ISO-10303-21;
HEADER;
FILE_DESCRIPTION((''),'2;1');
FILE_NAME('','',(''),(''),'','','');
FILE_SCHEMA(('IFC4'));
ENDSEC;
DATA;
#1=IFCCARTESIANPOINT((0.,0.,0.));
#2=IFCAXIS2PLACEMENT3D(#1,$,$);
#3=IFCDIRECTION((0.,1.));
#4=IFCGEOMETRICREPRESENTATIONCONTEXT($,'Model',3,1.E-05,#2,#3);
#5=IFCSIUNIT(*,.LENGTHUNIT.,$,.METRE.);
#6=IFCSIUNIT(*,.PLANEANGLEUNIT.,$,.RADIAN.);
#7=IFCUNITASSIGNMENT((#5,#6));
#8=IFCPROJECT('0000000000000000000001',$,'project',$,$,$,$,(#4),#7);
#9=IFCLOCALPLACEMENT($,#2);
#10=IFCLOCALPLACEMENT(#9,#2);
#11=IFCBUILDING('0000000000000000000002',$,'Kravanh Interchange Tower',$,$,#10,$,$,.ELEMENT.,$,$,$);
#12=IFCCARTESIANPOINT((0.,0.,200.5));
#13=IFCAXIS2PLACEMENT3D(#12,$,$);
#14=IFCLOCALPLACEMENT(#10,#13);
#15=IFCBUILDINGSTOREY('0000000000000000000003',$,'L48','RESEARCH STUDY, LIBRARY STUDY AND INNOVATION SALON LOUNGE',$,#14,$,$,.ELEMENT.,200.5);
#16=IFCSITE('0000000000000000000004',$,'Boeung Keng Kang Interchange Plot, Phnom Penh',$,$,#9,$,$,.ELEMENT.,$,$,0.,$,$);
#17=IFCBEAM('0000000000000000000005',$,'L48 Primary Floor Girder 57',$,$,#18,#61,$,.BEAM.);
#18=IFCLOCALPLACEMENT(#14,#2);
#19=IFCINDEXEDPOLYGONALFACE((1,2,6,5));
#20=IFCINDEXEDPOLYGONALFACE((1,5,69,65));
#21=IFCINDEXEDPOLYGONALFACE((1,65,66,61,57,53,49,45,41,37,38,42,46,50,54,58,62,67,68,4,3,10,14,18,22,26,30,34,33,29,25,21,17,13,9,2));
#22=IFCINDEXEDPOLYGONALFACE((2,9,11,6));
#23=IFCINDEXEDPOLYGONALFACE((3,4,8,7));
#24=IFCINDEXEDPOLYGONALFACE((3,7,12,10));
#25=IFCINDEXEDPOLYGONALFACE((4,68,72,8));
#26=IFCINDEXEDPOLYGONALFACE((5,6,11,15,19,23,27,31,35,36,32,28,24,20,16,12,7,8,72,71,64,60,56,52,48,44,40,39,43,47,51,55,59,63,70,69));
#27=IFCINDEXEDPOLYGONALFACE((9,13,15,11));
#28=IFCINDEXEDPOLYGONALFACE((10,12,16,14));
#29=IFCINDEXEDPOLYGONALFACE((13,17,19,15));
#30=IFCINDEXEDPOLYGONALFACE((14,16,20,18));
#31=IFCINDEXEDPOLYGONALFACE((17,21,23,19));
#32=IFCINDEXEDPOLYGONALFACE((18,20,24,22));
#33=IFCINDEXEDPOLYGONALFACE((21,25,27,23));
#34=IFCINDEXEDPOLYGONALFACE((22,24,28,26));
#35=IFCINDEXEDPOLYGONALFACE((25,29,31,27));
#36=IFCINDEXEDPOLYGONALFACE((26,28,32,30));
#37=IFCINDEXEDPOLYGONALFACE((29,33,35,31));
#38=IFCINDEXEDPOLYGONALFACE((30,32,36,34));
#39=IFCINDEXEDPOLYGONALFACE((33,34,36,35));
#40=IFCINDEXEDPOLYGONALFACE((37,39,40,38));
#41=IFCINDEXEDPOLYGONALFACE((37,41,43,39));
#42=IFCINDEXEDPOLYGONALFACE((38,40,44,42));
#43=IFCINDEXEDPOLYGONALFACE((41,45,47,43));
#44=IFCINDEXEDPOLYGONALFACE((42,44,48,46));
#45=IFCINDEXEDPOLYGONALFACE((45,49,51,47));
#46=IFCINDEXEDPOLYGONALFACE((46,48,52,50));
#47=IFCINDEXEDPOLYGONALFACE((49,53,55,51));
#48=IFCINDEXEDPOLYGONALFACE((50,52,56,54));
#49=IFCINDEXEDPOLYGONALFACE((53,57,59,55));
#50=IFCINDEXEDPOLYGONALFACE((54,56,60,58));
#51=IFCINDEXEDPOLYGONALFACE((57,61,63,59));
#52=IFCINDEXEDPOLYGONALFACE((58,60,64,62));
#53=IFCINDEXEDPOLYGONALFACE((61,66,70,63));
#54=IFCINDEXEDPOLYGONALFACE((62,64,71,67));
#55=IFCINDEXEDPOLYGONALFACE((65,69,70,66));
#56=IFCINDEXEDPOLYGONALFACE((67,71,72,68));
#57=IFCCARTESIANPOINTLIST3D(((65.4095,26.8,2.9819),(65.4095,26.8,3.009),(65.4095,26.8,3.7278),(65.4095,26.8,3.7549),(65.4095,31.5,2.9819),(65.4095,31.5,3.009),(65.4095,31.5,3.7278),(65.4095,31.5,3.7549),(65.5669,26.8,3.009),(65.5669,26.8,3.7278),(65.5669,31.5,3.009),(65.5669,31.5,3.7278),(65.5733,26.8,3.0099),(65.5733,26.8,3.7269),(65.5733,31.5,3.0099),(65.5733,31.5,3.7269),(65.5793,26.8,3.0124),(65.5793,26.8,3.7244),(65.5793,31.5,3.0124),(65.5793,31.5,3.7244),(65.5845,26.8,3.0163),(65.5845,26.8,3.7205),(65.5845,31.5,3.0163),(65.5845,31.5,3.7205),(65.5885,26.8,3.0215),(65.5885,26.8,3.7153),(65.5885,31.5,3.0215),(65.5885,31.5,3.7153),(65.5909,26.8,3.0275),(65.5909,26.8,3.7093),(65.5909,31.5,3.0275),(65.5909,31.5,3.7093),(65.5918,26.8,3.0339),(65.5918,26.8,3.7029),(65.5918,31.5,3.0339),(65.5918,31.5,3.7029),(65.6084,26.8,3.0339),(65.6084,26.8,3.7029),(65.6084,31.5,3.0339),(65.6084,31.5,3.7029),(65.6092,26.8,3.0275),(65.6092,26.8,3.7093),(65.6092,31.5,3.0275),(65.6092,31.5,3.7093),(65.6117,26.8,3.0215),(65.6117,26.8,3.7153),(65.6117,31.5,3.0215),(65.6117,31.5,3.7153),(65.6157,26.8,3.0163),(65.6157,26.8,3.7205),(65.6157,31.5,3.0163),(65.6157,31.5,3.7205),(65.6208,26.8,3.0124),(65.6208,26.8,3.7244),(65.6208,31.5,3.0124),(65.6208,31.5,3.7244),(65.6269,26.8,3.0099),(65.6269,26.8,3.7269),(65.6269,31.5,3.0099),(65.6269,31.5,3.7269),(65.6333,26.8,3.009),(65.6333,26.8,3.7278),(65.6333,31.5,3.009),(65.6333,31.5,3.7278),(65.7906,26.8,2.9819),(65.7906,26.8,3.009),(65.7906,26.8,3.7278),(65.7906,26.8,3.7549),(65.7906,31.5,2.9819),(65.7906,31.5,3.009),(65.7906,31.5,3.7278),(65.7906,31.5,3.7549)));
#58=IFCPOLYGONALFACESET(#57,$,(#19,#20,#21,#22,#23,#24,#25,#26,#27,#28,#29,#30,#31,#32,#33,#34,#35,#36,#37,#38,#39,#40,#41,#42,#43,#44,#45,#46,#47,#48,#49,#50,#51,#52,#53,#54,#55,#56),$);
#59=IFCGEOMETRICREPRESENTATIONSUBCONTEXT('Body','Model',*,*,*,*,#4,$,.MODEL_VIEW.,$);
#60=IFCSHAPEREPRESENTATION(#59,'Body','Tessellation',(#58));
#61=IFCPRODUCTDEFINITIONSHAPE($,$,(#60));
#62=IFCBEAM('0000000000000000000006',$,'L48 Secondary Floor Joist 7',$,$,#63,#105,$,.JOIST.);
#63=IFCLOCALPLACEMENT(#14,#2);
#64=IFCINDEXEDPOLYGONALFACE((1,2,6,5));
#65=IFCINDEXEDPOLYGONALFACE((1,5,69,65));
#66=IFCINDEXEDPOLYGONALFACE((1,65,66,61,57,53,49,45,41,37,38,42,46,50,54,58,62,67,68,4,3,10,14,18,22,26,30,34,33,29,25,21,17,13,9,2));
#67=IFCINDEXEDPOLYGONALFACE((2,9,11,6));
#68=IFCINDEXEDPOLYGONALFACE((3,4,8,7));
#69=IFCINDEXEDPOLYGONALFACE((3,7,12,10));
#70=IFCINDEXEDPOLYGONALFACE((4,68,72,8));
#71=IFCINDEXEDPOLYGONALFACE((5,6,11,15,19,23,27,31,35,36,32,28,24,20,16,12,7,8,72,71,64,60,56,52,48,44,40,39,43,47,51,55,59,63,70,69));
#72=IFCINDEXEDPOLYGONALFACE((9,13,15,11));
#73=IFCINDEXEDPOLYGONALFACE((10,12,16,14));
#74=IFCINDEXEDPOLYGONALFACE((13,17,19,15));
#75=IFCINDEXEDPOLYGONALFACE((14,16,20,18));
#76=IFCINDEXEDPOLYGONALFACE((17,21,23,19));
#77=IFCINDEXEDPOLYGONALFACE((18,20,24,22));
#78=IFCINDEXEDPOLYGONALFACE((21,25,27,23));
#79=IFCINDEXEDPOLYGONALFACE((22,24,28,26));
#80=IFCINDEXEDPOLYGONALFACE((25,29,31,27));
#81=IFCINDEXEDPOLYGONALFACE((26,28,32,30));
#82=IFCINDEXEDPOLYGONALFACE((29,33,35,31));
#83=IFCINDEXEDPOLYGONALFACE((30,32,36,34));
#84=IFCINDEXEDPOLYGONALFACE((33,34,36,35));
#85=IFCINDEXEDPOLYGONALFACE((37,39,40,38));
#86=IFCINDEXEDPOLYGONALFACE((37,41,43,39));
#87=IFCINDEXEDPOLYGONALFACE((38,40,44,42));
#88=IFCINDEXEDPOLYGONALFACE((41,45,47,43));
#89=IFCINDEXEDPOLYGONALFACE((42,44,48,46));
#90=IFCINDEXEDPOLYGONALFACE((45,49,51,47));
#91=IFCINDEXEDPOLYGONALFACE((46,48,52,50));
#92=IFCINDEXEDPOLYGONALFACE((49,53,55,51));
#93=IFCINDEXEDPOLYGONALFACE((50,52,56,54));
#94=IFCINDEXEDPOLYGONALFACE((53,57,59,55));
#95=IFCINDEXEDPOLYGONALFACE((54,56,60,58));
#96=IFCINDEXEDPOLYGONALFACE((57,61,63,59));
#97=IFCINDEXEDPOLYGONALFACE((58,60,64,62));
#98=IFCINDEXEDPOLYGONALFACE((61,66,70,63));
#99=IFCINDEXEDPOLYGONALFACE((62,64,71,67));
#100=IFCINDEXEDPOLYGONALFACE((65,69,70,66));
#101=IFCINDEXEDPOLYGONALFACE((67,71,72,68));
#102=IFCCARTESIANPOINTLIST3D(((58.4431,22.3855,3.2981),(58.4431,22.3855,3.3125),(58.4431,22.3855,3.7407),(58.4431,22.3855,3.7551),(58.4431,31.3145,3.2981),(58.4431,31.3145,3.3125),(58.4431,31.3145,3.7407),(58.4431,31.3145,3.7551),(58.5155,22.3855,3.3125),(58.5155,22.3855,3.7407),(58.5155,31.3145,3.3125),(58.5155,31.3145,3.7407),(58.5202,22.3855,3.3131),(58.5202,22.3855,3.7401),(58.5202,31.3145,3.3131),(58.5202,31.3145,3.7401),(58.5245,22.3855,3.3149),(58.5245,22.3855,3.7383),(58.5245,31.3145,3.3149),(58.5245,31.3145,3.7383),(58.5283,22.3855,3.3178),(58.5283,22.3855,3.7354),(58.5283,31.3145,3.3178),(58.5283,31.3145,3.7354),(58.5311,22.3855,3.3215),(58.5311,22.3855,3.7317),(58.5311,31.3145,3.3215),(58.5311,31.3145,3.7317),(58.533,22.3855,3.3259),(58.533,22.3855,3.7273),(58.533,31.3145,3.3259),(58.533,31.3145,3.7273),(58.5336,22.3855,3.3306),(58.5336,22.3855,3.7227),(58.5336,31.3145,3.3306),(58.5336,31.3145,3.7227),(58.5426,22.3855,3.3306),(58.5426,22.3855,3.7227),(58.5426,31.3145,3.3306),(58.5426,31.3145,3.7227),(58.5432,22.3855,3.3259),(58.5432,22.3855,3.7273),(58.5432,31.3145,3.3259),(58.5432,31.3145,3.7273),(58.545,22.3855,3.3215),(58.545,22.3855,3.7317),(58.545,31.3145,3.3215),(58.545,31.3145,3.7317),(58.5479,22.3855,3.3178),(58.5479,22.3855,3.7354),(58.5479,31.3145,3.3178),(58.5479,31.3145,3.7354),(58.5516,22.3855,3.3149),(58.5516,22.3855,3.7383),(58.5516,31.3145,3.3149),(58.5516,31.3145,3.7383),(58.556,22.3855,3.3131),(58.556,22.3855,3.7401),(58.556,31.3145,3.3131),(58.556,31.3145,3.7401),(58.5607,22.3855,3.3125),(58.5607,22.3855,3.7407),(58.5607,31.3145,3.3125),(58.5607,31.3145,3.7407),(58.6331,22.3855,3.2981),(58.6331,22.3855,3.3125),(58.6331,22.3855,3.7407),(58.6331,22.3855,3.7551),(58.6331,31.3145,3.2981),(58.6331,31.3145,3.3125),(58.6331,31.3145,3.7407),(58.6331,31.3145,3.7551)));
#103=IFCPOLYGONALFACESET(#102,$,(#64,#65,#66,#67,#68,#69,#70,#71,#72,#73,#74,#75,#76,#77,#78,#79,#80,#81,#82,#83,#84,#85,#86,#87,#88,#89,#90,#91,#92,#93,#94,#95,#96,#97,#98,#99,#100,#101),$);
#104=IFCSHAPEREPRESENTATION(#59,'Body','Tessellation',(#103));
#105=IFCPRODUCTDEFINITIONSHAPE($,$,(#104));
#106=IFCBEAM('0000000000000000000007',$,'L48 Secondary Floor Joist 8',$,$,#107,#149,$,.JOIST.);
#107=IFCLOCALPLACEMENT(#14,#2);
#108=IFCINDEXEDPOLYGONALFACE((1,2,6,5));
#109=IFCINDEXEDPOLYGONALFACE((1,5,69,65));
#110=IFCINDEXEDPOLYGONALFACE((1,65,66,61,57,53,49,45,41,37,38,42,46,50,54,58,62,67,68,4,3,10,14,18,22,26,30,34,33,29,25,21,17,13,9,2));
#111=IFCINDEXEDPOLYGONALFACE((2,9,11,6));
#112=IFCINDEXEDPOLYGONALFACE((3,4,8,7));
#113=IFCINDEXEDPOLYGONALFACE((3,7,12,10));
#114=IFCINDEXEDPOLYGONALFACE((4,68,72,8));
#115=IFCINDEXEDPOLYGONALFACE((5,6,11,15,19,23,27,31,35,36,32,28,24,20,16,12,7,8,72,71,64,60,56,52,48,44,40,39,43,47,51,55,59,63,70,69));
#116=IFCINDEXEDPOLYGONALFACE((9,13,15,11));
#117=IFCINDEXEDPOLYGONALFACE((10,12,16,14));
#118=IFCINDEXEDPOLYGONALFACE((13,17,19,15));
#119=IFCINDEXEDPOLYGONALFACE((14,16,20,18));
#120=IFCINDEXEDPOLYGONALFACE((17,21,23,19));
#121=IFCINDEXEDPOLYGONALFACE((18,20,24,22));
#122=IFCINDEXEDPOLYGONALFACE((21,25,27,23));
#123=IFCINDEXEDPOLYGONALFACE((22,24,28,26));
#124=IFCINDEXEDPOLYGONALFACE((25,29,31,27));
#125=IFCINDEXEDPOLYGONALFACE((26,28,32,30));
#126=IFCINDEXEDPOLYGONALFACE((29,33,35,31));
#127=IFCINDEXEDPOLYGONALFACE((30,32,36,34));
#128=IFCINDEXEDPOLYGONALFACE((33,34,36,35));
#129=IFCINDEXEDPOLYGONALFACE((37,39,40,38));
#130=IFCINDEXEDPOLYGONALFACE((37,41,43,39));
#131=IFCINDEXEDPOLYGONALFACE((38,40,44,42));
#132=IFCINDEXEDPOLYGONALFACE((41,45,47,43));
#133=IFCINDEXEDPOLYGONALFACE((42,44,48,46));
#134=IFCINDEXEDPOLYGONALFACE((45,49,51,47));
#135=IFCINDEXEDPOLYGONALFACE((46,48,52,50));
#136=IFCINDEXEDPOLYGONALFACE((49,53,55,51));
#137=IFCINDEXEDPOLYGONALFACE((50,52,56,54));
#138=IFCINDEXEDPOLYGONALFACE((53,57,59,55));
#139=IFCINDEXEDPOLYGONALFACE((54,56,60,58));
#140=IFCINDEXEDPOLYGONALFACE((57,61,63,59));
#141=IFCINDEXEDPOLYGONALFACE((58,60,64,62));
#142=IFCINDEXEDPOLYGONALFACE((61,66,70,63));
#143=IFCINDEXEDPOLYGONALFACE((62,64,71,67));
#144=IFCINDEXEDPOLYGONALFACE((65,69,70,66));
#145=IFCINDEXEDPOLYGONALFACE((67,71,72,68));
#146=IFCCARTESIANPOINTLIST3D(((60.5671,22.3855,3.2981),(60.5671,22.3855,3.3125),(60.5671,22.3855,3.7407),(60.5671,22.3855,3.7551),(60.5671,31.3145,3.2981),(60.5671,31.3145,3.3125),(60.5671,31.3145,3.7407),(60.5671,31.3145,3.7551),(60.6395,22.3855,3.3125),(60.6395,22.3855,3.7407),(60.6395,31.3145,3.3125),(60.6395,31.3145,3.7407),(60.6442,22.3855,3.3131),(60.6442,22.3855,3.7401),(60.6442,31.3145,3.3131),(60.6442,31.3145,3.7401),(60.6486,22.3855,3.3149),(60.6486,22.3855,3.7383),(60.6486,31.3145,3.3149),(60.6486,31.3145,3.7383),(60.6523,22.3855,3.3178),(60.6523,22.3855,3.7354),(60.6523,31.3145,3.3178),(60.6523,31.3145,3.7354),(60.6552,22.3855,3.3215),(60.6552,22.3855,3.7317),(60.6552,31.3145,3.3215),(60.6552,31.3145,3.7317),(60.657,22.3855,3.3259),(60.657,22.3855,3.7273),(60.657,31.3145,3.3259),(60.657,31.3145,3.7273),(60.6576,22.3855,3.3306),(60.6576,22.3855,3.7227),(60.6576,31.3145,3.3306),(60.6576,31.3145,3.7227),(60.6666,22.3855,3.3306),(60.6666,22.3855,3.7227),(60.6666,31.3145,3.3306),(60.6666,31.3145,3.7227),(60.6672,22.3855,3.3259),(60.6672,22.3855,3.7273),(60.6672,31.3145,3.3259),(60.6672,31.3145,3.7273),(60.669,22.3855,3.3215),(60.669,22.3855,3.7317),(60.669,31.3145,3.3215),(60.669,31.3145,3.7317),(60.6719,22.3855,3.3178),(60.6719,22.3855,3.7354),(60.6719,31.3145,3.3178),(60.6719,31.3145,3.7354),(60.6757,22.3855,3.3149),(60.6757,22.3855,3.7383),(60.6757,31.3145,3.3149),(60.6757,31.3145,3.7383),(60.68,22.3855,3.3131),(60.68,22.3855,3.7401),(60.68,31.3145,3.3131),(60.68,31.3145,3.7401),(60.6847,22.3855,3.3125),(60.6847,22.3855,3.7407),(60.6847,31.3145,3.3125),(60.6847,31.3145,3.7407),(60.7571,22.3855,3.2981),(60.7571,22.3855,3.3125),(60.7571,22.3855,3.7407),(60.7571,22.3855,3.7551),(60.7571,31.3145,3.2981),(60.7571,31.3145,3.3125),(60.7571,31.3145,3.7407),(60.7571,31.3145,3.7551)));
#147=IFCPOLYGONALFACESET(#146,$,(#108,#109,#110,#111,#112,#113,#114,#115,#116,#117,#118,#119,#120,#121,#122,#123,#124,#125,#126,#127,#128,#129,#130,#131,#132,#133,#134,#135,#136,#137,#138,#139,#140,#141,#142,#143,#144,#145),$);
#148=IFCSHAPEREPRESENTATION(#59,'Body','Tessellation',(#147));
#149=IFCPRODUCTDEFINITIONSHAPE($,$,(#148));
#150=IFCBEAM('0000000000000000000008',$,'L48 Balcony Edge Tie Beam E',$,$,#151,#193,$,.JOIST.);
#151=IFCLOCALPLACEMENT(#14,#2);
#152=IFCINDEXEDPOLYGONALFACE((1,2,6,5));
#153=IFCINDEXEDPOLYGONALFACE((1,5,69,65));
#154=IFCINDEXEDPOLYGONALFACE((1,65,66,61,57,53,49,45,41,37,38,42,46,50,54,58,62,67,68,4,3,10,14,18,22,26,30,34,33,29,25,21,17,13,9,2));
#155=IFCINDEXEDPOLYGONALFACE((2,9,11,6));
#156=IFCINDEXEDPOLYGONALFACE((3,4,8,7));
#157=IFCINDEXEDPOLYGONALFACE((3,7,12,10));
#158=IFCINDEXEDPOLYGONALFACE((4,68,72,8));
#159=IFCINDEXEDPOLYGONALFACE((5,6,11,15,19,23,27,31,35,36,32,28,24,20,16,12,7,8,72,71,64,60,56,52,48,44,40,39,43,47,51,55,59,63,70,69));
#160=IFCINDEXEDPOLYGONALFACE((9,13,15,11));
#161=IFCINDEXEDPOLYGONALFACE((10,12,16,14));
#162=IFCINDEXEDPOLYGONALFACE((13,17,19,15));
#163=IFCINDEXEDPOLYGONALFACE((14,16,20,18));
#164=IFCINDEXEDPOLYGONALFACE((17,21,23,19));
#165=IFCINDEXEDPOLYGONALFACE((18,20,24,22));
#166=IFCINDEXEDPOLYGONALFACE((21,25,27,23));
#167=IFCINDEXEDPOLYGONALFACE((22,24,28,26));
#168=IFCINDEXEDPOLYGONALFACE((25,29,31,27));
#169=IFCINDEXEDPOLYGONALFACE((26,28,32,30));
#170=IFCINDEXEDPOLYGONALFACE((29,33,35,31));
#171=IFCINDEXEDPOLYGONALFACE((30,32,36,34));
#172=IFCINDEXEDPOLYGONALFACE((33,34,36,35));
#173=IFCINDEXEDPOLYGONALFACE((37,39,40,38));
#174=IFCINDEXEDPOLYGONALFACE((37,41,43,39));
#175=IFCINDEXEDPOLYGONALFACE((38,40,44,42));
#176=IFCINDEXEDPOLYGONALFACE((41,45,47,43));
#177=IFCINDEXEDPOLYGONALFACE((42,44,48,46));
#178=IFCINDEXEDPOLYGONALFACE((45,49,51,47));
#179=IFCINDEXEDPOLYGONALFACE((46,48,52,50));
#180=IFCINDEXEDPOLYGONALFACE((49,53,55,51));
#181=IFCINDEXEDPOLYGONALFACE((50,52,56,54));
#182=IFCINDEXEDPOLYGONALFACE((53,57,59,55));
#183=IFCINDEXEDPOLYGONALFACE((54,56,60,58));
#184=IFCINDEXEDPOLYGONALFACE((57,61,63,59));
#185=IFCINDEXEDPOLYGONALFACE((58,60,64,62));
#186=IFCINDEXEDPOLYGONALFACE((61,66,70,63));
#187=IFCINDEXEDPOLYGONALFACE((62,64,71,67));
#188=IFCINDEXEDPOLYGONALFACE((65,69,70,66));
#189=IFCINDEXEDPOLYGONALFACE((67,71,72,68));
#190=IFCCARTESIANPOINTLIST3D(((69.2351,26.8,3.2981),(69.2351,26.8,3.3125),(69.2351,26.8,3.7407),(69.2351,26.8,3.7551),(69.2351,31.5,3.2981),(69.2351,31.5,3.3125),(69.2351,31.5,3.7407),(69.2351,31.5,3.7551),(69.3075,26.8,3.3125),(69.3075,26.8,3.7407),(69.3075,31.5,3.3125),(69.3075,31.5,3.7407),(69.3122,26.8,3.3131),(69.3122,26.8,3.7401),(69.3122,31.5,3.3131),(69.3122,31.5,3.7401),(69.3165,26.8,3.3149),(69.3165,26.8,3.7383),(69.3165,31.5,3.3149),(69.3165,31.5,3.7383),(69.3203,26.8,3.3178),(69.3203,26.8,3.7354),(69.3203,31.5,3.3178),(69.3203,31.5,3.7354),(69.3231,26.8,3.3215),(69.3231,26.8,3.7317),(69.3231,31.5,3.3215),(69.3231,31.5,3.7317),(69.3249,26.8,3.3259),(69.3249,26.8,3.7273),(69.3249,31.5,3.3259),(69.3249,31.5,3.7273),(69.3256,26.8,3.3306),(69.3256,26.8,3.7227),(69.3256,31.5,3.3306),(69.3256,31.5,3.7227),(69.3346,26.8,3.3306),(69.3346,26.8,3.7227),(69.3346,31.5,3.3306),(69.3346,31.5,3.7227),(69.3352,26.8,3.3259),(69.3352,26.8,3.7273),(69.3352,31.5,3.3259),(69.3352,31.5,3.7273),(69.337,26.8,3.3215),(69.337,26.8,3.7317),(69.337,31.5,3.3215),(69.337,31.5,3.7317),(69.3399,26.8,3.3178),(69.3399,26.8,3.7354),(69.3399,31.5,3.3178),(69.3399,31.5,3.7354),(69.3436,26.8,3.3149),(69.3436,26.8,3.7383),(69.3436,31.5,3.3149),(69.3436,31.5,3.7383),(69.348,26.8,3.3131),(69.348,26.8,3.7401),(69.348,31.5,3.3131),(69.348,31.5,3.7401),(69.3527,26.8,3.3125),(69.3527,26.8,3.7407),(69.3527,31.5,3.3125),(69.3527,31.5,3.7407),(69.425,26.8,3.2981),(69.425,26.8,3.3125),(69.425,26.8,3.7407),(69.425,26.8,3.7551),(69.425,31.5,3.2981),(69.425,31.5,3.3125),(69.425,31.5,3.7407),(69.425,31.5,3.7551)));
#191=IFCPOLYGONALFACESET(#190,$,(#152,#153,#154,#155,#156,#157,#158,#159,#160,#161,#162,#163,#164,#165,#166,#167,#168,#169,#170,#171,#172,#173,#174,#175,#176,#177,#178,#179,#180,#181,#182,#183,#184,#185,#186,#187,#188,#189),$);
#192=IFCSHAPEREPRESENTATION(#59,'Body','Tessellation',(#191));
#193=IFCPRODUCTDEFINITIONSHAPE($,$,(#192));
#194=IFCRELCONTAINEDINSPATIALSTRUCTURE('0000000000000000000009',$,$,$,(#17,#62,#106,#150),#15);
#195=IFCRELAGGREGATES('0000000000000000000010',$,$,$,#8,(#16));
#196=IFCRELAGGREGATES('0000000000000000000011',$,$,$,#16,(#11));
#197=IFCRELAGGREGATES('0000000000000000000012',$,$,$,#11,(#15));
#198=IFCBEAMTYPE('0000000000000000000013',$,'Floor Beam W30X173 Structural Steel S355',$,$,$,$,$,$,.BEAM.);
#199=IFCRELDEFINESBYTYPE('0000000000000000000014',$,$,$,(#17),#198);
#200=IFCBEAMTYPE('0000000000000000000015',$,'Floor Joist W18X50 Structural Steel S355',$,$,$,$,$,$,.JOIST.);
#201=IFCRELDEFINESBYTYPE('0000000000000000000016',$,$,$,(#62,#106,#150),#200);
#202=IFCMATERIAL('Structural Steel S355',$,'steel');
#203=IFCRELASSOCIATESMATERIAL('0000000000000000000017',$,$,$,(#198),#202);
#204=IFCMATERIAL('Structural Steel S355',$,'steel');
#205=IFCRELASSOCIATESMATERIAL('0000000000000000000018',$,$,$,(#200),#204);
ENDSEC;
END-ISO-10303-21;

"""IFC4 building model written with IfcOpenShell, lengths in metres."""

from ifc_helpers import new_model, si_unit, direction, frame, origin, origin_2d, place, context, subcontext, project, spatial, i_section, extrude, material, material_profile, profile_set, type_object, element, save


model = new_model("IFC4")

# Units and contexts
model_context = context("Model", 3, precision=1e-05, world=origin(), true_north=direction((0.0, 1.0)))
body_context = subcontext(model_context, "Body", "Model", "MODEL_VIEW")
ifc_project = project(units=[si_unit("LENGTHUNIT", "METRE"), si_unit("PLANEANGLEUNIT", "RADIAN")], contexts=[model_context])

# Site, building, storey
site_placement = place(None, origin())
site = spatial("IfcSite", under=ifc_project, at=site_placement, Name="Boeung Keng Kang Interchange Plot, Phnom Penh", CompositionType="ELEMENT", RefElevation=0.0)
building_placement = place(site_placement, origin())
building = spatial("IfcBuilding", under=site, at=building_placement, Name="Kravanh Interchange Tower", CompositionType="ELEMENT")
storey_placement = place(building_placement, frame((0.0, 0.0, 200.5)))
storey = spatial("IfcBuildingStorey", under=building, at=storey_placement, Name="L48", Description="RESEARCH STUDY, LIBRARY STUDY AND INNOVATION SALON LOUNGE", CompositionType="ELEMENT", Elevation=200.5)

# Beams
ifc_material_1 = material(Name="Structural Steel S355", Category="steel")
ifc_material_profile_1 = material_profile(ifc_material_1, i_section(OverallWidth=0.3811, OverallDepth=0.7729, WebThickness=0.0166, FlangeThickness=0.0271, FilletRadius=0.0249, at=origin_2d()), Name="W30X173")
ifc_profile_set_1 = profile_set([ifc_material_profile_1], Name="Structural Steel S355")
beam_type_1 = type_object("IfcBeamType", Name="Floor Beam W30X173 Structural Steel S355", PredefinedType="BEAM", material=ifc_profile_set_1)
for number, where, z_axis, x_axis, name in (
    (1, (65.6001, 26.8, 3.3684), (0.0, 1.0, 0.0), (-1.0, 0.0, 0.0), "L48 Primary Floor Girder 57"),
):
    element("IfcBeam", number, at=place(storey_placement, frame(where, z_axis=z_axis, x_axis=x_axis)), inside=storey, type_object=beam_type_1, Name=name, PredefinedType="BEAM", context=body_context, shape_type="SweptSolid", body=[
        extrude(i_section(OverallWidth=0.3811, OverallDepth=0.7729, WebThickness=0.0166, FlangeThickness=0.0271, FilletRadius=0.0249, at=origin_2d()), origin(), (0.0, 0.0, 1.0), 4.7),
    ])
ifc_material_2 = material(Name="Structural Steel S355", Category="steel")
ifc_material_profile_2 = material_profile(ifc_material_2, i_section(OverallWidth=0.1899, OverallDepth=0.457, WebThickness=0.009, FlangeThickness=0.0144, FilletRadius=0.0181, at=origin_2d()), Name="W18X50")
ifc_profile_set_2 = profile_set([ifc_material_profile_2], Name="Structural Steel S355")
beam_type_2 = type_object("IfcBeamType", Name="Floor Joist W18X50 Structural Steel S355", PredefinedType="JOIST", material=ifc_profile_set_2)
for number, where, z_axis, x_axis, name in (
    (2, (58.5381, 22.3855, 3.5266), (0.0, 1.0, 0.0), (-1.0, 0.0, 0.0), "L48 Secondary Floor Joist 7"),
    (3, (60.6621, 22.3855, 3.5266), (0.0, 1.0, 0.0), (-1.0, 0.0, 0.0), "L48 Secondary Floor Joist 8"),
):
    element("IfcBeam", number, at=place(storey_placement, frame(where, z_axis=z_axis, x_axis=x_axis)), inside=storey, type_object=beam_type_2, Name=name, PredefinedType="JOIST", context=body_context, shape_type="SweptSolid", body=[
        extrude(i_section(OverallWidth=0.1899, OverallDepth=0.457, WebThickness=0.009, FlangeThickness=0.0144, FilletRadius=0.0181, at=origin_2d()), origin(), (0.0, 0.0, 1.0), 8.929),
    ])
beam_1_placement = place(storey_placement, frame((69.3301, 26.8, 3.5266), z_axis=(0.0, 1.0, 0.0), x_axis=(-1.0, 0.0, 0.0)))
element("IfcBeam", 4, at=beam_1_placement, inside=storey, type_object=beam_type_2, Name="L48 Balcony Edge Tie Beam E", PredefinedType="JOIST", context=body_context, shape_type="SweptSolid", body=[
    extrude(i_section(OverallWidth=0.1899, OverallDepth=0.457, WebThickness=0.009, FlangeThickness=0.0144, FilletRadius=0.0181, at=origin_2d()), origin(), (0.0, 0.0, 1.0), 4.7),
])

save(model, "model.ifc")
